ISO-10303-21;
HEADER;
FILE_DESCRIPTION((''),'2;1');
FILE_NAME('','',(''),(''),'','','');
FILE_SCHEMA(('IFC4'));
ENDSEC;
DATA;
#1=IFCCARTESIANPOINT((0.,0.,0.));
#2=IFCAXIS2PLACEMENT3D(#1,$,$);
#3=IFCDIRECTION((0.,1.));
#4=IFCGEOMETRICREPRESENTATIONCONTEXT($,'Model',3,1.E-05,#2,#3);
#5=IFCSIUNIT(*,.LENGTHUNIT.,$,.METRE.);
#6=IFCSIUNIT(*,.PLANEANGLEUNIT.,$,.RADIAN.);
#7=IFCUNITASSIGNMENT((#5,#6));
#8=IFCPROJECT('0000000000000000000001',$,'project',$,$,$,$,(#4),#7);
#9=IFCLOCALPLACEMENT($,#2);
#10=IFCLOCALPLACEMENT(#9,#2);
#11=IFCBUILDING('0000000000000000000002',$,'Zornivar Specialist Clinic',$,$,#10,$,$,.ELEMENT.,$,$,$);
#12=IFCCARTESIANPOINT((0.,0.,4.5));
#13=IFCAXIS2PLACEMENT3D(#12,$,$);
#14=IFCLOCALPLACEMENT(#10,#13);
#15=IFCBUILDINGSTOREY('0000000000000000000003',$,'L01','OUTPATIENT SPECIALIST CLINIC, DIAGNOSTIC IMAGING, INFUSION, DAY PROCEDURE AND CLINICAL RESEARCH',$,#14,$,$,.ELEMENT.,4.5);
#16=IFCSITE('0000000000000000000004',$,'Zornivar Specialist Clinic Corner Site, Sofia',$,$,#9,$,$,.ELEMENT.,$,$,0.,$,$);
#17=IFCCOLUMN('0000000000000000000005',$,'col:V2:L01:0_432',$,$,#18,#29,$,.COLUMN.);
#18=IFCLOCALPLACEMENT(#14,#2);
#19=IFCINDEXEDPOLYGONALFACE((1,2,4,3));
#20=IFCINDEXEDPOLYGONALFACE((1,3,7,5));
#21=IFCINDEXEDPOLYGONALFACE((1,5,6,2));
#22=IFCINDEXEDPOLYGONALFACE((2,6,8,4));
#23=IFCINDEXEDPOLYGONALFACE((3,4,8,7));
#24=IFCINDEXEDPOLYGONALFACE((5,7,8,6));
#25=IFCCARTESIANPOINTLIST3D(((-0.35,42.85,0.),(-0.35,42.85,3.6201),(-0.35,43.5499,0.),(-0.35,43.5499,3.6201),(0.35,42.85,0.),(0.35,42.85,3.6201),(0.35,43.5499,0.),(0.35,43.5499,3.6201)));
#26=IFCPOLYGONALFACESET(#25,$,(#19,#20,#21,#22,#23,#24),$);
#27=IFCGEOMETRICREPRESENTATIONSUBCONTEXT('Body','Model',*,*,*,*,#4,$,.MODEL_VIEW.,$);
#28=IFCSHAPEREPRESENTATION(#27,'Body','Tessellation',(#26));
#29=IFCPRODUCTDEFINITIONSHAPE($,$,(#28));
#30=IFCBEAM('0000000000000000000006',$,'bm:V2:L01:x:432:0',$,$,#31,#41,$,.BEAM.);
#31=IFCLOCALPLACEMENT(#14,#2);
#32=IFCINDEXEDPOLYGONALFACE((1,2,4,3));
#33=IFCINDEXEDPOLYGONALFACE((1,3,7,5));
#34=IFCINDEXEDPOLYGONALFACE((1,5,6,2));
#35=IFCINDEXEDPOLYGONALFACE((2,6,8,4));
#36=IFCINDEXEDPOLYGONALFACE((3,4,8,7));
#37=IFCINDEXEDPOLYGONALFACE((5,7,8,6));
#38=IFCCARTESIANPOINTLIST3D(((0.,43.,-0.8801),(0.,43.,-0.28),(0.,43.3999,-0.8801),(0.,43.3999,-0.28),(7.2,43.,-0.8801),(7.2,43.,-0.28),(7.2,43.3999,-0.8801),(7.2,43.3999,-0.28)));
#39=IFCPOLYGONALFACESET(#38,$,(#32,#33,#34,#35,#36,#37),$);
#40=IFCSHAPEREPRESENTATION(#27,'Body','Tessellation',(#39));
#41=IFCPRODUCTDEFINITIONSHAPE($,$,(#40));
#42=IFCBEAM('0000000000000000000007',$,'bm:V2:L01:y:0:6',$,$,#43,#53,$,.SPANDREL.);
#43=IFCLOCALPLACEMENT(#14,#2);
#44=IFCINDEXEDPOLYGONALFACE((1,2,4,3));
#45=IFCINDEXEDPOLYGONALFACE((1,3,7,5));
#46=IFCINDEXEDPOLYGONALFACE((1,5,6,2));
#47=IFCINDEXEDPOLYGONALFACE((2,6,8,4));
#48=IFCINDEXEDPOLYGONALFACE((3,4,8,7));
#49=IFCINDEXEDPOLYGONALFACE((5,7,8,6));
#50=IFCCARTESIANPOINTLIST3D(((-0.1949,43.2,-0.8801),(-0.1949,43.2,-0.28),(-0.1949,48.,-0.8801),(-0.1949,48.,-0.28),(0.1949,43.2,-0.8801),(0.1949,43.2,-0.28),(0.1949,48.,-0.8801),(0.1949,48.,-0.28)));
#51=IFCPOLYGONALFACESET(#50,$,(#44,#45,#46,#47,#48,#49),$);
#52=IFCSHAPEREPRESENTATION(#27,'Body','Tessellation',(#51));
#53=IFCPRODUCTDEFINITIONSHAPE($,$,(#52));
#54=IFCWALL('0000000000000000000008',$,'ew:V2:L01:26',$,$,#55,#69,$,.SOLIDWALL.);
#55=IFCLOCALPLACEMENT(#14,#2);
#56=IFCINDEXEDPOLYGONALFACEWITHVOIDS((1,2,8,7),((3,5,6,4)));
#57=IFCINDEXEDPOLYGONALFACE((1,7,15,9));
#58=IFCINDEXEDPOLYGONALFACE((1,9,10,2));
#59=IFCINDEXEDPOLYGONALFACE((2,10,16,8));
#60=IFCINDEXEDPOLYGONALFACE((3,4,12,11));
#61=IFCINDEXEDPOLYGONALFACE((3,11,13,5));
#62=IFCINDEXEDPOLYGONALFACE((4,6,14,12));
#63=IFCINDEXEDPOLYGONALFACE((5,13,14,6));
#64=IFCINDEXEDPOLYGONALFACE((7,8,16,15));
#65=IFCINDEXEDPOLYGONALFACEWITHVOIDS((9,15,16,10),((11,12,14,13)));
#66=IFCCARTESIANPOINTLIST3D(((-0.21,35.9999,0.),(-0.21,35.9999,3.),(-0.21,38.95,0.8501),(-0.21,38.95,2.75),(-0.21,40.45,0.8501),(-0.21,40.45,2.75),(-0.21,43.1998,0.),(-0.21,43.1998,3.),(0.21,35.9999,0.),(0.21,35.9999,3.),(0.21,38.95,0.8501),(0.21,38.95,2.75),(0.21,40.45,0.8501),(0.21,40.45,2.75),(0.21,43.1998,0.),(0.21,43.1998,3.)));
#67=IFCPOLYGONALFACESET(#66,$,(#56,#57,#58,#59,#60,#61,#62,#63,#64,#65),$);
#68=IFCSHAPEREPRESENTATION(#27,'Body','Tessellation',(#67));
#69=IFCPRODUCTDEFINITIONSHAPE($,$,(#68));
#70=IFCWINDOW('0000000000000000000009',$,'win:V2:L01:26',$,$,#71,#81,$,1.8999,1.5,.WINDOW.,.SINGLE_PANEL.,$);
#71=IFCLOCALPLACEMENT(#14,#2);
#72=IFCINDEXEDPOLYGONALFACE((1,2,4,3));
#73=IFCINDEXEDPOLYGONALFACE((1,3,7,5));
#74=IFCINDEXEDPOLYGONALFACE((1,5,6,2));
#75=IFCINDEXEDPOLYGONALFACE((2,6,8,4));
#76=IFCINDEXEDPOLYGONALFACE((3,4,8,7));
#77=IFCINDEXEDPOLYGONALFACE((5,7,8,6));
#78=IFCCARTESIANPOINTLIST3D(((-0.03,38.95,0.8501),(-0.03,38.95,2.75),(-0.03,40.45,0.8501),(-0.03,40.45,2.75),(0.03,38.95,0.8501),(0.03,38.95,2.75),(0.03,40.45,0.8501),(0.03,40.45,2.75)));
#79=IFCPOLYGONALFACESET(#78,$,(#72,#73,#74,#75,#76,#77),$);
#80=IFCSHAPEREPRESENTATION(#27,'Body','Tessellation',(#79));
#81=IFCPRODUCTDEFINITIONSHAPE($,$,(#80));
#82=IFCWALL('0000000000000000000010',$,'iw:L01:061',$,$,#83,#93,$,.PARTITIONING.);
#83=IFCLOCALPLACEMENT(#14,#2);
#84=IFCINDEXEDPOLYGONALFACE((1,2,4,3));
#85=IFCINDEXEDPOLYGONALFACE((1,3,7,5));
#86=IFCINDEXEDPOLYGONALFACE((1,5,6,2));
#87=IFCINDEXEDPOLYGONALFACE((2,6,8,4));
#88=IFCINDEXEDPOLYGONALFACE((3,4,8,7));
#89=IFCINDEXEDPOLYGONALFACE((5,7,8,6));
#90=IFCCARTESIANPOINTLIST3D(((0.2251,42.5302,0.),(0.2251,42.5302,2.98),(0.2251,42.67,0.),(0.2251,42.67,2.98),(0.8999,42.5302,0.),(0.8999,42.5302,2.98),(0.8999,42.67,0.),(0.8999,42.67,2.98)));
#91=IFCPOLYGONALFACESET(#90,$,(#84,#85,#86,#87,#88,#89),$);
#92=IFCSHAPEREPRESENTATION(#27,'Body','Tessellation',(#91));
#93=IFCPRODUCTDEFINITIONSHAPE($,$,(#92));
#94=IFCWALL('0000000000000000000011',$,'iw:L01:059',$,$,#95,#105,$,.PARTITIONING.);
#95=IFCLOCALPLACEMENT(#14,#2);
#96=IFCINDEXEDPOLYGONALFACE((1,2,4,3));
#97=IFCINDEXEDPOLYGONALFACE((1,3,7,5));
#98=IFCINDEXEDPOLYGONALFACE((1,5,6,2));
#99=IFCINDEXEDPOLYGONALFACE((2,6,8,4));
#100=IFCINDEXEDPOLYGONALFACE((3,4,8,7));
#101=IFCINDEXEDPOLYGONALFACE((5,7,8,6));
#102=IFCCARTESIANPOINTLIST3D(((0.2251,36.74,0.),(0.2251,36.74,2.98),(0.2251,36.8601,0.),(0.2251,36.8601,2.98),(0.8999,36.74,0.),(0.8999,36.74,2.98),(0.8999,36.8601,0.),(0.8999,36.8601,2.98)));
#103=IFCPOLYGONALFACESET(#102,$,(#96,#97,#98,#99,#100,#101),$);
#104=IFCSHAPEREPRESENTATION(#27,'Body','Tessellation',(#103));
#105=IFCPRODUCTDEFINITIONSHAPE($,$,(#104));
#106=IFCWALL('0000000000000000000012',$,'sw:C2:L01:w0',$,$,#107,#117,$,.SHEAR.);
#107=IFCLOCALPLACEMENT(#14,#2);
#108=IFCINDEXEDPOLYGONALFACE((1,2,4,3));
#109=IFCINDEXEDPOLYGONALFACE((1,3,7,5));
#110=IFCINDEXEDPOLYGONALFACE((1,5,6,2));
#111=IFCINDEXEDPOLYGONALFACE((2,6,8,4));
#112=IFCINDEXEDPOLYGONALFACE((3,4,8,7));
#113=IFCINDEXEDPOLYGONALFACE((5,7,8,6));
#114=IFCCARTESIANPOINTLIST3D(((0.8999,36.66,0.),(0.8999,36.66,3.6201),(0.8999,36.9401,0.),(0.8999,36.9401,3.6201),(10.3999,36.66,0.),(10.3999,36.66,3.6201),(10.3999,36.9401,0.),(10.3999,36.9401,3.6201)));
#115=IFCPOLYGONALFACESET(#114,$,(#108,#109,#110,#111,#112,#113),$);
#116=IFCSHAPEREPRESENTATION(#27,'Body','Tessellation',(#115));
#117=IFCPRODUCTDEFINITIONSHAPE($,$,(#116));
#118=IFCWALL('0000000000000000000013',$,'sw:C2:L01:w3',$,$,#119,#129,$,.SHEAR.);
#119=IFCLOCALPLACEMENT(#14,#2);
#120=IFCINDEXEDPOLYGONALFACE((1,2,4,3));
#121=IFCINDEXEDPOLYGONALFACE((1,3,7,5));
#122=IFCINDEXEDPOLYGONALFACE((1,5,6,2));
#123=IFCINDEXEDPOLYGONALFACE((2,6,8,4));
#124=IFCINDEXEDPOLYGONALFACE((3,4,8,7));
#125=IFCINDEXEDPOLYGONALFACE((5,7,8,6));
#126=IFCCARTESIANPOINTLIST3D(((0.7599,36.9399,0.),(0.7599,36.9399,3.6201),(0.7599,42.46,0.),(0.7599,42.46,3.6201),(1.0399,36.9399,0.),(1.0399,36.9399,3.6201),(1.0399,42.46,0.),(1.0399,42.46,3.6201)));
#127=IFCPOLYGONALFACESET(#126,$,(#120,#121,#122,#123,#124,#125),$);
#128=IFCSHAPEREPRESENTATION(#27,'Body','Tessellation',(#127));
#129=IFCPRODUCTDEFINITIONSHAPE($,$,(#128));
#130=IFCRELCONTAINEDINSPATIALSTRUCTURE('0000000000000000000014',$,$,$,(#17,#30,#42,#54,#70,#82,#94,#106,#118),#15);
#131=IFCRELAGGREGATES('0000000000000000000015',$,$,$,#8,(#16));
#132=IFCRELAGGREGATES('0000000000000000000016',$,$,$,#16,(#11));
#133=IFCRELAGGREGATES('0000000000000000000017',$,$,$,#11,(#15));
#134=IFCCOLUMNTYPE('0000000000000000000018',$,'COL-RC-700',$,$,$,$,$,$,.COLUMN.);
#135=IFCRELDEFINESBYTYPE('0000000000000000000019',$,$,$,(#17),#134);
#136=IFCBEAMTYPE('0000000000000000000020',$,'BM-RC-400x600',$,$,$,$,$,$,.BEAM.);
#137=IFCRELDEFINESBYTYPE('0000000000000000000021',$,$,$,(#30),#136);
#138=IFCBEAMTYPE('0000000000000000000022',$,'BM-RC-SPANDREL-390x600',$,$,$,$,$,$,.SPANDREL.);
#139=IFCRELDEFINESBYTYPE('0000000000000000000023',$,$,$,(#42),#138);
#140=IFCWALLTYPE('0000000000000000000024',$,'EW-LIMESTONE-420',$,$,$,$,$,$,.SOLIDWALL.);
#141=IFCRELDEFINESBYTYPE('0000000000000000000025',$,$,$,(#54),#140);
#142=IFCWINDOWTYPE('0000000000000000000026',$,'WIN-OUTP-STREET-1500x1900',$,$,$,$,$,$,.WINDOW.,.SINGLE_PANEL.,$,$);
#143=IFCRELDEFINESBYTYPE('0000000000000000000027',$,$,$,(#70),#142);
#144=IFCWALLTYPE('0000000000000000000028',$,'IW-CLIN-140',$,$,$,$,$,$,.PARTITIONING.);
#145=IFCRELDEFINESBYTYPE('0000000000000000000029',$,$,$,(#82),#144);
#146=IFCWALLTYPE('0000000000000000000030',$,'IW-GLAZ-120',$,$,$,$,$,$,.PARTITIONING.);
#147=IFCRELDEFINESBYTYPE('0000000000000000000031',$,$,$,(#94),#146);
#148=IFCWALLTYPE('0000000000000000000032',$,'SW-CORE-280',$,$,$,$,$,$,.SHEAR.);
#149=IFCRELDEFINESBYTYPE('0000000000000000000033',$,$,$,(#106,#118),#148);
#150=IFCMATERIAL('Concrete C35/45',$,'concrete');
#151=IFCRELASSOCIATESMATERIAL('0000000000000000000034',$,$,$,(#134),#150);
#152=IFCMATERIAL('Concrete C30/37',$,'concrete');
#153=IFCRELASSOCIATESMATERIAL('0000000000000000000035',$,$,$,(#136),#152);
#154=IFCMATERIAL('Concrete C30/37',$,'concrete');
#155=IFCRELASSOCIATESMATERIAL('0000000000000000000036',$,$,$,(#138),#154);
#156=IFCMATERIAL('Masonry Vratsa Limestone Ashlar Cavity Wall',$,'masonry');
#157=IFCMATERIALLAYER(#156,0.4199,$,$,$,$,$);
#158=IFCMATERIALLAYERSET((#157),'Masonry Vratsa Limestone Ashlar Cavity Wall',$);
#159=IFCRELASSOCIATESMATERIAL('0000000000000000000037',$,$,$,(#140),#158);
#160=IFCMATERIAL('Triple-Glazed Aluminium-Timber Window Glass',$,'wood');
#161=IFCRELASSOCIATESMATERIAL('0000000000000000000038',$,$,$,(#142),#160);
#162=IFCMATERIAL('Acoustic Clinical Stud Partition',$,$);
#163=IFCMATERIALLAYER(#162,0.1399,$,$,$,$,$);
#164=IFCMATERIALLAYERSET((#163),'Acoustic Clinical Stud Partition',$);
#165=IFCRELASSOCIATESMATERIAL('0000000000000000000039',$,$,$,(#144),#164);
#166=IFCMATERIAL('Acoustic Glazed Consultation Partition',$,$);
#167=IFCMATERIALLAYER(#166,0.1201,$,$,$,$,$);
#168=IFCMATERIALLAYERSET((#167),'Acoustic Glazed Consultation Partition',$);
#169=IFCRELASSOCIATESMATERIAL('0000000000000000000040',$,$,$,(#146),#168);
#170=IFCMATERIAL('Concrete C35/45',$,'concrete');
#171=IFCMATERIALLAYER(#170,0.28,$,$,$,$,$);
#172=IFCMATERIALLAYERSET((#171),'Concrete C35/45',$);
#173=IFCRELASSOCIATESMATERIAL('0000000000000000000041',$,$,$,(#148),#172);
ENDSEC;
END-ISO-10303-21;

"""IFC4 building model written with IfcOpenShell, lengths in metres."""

from ifc_helpers import new_model, si_unit, direction, frame, frame_2d, origin, origin_2d, place, context, subcontext, project, spatial, rectangle, extrude, material, layer, layer_set, material_profile, profile_set, type_object, element, fill, save


model = new_model("IFC4")

# Units and contexts
model_context = context("Model", 3, precision=1e-05, world=origin(), true_north=direction((0.0, 1.0)))
body_context = subcontext(model_context, "Body", "Model", "MODEL_VIEW")
ifc_project = project(units=[si_unit("LENGTHUNIT", "METRE"), si_unit("PLANEANGLEUNIT", "RADIAN")], contexts=[model_context])

# Site, building, storey
site_placement = place(None, origin())
site = spatial("IfcSite", under=ifc_project, at=site_placement, Name="Zornivar Specialist Clinic Corner Site, Sofia", CompositionType="ELEMENT", RefElevation=0.0)
building_placement = place(site_placement, origin())
building = spatial("IfcBuilding", under=site, at=building_placement, Name="Zornivar Specialist Clinic", CompositionType="ELEMENT")
storey_placement = place(building_placement, frame((0.0, 0.0, 4.5)))
storey = spatial("IfcBuildingStorey", under=building, at=storey_placement, Name="L01", Description="OUTPATIENT SPECIALIST CLINIC, DIAGNOSTIC IMAGING, INFUSION, DAY PROCEDURE AND CLINICAL RESEARCH", CompositionType="ELEMENT", Elevation=4.5)

# Column
ifc_material_1 = material(Name="Concrete C35/45", Category="concrete")
ifc_material_profile_1 = material_profile(ifc_material_1, rectangle(XDim=0.7, YDim=0.7, at=origin_2d()), Name="RC 700x700")
ifc_profile_set_1 = profile_set([ifc_material_profile_1], Name="Concrete C35/45")
column_type = type_object("IfcColumnType", Name="COL-RC-700", PredefinedType="COLUMN", material=ifc_profile_set_1)
column_placement = place(storey_placement, frame((0.0, 43.2, 0.0), z_axis=(0.0, 0.0, 1.0), x_axis=(1.0, 0.0, 0.0)))
element("IfcColumn", 1, at=column_placement, inside=storey, type_object=column_type, Name="col:V2:L01:0_432", PredefinedType="COLUMN", context=body_context, shape_type="SweptSolid", body=[
    extrude(rectangle(XDim=0.7, YDim=0.7, at=origin_2d()), origin(), (0.0, 0.0, 1.0), 3.6201),
])

# Beams
ifc_material_2 = material(Name="Concrete C30/37", Category="concrete")
ifc_material_profile_2 = material_profile(ifc_material_2, rectangle(XDim=0.3999, YDim=0.6001, at=origin_2d()), Name="RC 400x600")
ifc_profile_set_2 = profile_set([ifc_material_profile_2], Name="Concrete C30/37")
beam_type_1 = type_object("IfcBeamType", Name="BM-RC-400x600", PredefinedType="BEAM", material=ifc_profile_set_2)
beam_1_placement = place(storey_placement, frame((0.0, 43.2, -0.5801), z_axis=(1.0, 0.0, 0.0), x_axis=(0.0, 1.0, 0.0)))
element("IfcBeam", 2, at=beam_1_placement, inside=storey, type_object=beam_type_1, Name="bm:V2:L01:x:432:0", PredefinedType="BEAM", context=body_context, shape_type="SweptSolid", body=[
    extrude(rectangle(XDim=0.3999, YDim=0.6001, at=origin_2d()), origin(), (0.0, 0.0, 1.0), 7.2),
])
ifc_material_3 = material(Name="Concrete C30/37", Category="concrete")
ifc_material_profile_3 = material_profile(ifc_material_3, rectangle(XDim=0.3899, YDim=0.6001, at=origin_2d()), Name="RC 390x600")
ifc_profile_set_3 = profile_set([ifc_material_profile_3], Name="Concrete C30/37")
beam_type_2 = type_object("IfcBeamType", Name="BM-RC-SPANDREL-390x600", PredefinedType="SPANDREL", material=ifc_profile_set_3)
beam_2_placement = place(storey_placement, frame((0.0, 43.2, -0.5801), z_axis=(0.0, 1.0, 0.0), x_axis=(-1.0, 0.0, 0.0)))
element("IfcBeam", 3, at=beam_2_placement, inside=storey, type_object=beam_type_2, Name="bm:V2:L01:y:0:6", PredefinedType="SPANDREL", context=body_context, shape_type="SweptSolid", body=[
    extrude(rectangle(XDim=0.3899, YDim=0.6001, at=origin_2d()), origin(), (0.0, 0.0, 1.0), 4.8),
])

# Wall, opening, window
ifc_material_4 = material(Name="Masonry Vratsa Limestone Ashlar Cavity Wall", Category="masonry")
ifc_layer_1 = layer(ifc_material_4, 0.4199)
ifc_layer_set_1 = layer_set([ifc_layer_1], Name="Masonry Vratsa Limestone Ashlar Cavity Wall")
wall_type_1 = type_object("IfcWallType", Name="EW-LIMESTONE-420", PredefinedType="SOLIDWALL", material=ifc_layer_set_1)
wall_1_placement = place(storey_placement, frame((0.0, 43.2, 0.0), z_axis=(0.0, 0.0, 1.0), x_axis=(0.0, -1.0, 0.0)))
wall_1 = element("IfcWall", 4, at=wall_1_placement, inside=storey, type_object=wall_type_1, Name="ew:V2:L01:26", PredefinedType="SOLIDWALL", context=body_context, shape_type="SweptSolid", body=[
    extrude(rectangle(XDim=7.2, YDim=0.4199, at=frame_2d((3.6001, 0.0))), origin(), (0.0, 0.0, 1.0), 3.0),
])
opening_1_placement = place(wall_1_placement, frame((2.75, 0.0, 0.8501)))
opening_1 = element("IfcOpeningElement", 5, at=opening_1_placement, cuts=wall_1, PredefinedType="OPENING", context=body_context, shape_type="SweptSolid", body=[
    extrude(rectangle(XDim=1.5, YDim=1.8999, at=frame_2d((0.75, 0.95))), frame((0.0, 0.22, 0.0), z_axis=(0.0, -1.0, 0.0), x_axis=(1.0, 0.0, 0.0)), (0.0, 0.0, 1.0), 0.4399),
])
ifc_material_5 = material(Name="Triple-Glazed Aluminium-Timber Window Glass", Category="wood")
window_type = type_object("IfcWindowType", Name="WIN-OUTP-STREET-1500x1900", PartitioningType="SINGLE_PANEL", PredefinedType="WINDOW", material=ifc_material_5)
window_placement = place(opening_1_placement, origin())
window = element("IfcWindow", 6, at=window_placement, inside=storey, type_object=window_type, Name="win:V2:L01:26", OverallHeight=1.8999, OverallWidth=1.5, PartitioningType="SINGLE_PANEL", PredefinedType="WINDOW", context=body_context, shape_type="SweptSolid", body=[
    extrude(rectangle(XDim=1.5, YDim=1.8999, at=frame_2d((0.75, 0.95))), frame((0.0, 0.03, 0.0), z_axis=(0.0, -1.0, 0.0), x_axis=(1.0, 0.0, 0.0)), (0.0, 0.0, 1.0), 0.0601),
])
fill(opening_1, window)

# Walls
ifc_material_6 = material(Name="Acoustic Clinical Stud Partition")
ifc_layer_2 = layer(ifc_material_6, 0.1399)
ifc_layer_set_2 = layer_set([ifc_layer_2], Name="Acoustic Clinical Stud Partition")
wall_type_2 = type_object("IfcWallType", Name="IW-CLIN-140", PredefinedType="PARTITIONING", material=ifc_layer_set_2)
wall_2_placement = place(storey_placement, frame((0.8999, 42.6001, 0.0), z_axis=(0.0, 0.0, 1.0), x_axis=(-1.0, 0.0, 0.0)))
element("IfcWall", 7, at=wall_2_placement, inside=storey, type_object=wall_type_2, Name="iw:L01:061", PredefinedType="PARTITIONING", context=body_context, shape_type="SweptSolid", body=[
    extrude(rectangle(XDim=0.6748, YDim=0.1399, at=frame_2d((0.3374, 0.0))), origin(), (0.0, 0.0, 1.0), 2.98),
])
ifc_material_7 = material(Name="Acoustic Glazed Consultation Partition")
ifc_layer_3 = layer(ifc_material_7, 0.1201)
ifc_layer_set_3 = layer_set([ifc_layer_3], Name="Acoustic Glazed Consultation Partition")
wall_type_3 = type_object("IfcWallType", Name="IW-GLAZ-120", PredefinedType="PARTITIONING", material=ifc_layer_set_3)
wall_3_placement = place(storey_placement, frame((0.2251, 36.8, 0.0), z_axis=(0.0, 0.0, 1.0), x_axis=(1.0, 0.0, 0.0)))
element("IfcWall", 8, at=wall_3_placement, inside=storey, type_object=wall_type_3, Name="iw:L01:059", PredefinedType="PARTITIONING", context=body_context, shape_type="SweptSolid", body=[
    extrude(rectangle(XDim=0.6748, YDim=0.1201, at=frame_2d((0.3374, 0.0))), origin(), (0.0, 0.0, 1.0), 2.98),
])
ifc_material_8 = material(Name="Concrete C35/45", Category="concrete")
ifc_layer_4 = layer(ifc_material_8, 0.28)
ifc_layer_set_4 = layer_set([ifc_layer_4], Name="Concrete C35/45")
wall_type_4 = type_object("IfcWallType", Name="SW-CORE-280", PredefinedType="SHEAR", material=ifc_layer_set_4)
wall_4_placement = place(storey_placement, frame((0.8999, 36.8, 0.0), z_axis=(0.0, 0.0, 1.0), x_axis=(1.0, 0.0, 0.0)))
element("IfcWall", 9, at=wall_4_placement, inside=storey, type_object=wall_type_4, Name="sw:C2:L01:w0", PredefinedType="SHEAR", context=body_context, shape_type="SweptSolid", body=[
    extrude(rectangle(XDim=9.5, YDim=0.28, at=frame_2d((4.75, 0.0))), origin(), (0.0, 0.0, 1.0), 3.6201),
])
wall_5_placement = place(storey_placement, frame((0.8999, 42.46, 0.0), z_axis=(0.0, 0.0, 1.0), x_axis=(0.0, -1.0, 0.0)))
element("IfcWall", 10, at=wall_5_placement, inside=storey, type_object=wall_type_4, Name="sw:C2:L01:w3", PredefinedType="SHEAR", context=body_context, shape_type="SweptSolid", body=[
    extrude(rectangle(XDim=5.52, YDim=0.28, at=frame_2d((2.76, 0.0))), origin(), (0.0, 0.0, 1.0), 3.6201),
])

save(model, "model.ifc")
